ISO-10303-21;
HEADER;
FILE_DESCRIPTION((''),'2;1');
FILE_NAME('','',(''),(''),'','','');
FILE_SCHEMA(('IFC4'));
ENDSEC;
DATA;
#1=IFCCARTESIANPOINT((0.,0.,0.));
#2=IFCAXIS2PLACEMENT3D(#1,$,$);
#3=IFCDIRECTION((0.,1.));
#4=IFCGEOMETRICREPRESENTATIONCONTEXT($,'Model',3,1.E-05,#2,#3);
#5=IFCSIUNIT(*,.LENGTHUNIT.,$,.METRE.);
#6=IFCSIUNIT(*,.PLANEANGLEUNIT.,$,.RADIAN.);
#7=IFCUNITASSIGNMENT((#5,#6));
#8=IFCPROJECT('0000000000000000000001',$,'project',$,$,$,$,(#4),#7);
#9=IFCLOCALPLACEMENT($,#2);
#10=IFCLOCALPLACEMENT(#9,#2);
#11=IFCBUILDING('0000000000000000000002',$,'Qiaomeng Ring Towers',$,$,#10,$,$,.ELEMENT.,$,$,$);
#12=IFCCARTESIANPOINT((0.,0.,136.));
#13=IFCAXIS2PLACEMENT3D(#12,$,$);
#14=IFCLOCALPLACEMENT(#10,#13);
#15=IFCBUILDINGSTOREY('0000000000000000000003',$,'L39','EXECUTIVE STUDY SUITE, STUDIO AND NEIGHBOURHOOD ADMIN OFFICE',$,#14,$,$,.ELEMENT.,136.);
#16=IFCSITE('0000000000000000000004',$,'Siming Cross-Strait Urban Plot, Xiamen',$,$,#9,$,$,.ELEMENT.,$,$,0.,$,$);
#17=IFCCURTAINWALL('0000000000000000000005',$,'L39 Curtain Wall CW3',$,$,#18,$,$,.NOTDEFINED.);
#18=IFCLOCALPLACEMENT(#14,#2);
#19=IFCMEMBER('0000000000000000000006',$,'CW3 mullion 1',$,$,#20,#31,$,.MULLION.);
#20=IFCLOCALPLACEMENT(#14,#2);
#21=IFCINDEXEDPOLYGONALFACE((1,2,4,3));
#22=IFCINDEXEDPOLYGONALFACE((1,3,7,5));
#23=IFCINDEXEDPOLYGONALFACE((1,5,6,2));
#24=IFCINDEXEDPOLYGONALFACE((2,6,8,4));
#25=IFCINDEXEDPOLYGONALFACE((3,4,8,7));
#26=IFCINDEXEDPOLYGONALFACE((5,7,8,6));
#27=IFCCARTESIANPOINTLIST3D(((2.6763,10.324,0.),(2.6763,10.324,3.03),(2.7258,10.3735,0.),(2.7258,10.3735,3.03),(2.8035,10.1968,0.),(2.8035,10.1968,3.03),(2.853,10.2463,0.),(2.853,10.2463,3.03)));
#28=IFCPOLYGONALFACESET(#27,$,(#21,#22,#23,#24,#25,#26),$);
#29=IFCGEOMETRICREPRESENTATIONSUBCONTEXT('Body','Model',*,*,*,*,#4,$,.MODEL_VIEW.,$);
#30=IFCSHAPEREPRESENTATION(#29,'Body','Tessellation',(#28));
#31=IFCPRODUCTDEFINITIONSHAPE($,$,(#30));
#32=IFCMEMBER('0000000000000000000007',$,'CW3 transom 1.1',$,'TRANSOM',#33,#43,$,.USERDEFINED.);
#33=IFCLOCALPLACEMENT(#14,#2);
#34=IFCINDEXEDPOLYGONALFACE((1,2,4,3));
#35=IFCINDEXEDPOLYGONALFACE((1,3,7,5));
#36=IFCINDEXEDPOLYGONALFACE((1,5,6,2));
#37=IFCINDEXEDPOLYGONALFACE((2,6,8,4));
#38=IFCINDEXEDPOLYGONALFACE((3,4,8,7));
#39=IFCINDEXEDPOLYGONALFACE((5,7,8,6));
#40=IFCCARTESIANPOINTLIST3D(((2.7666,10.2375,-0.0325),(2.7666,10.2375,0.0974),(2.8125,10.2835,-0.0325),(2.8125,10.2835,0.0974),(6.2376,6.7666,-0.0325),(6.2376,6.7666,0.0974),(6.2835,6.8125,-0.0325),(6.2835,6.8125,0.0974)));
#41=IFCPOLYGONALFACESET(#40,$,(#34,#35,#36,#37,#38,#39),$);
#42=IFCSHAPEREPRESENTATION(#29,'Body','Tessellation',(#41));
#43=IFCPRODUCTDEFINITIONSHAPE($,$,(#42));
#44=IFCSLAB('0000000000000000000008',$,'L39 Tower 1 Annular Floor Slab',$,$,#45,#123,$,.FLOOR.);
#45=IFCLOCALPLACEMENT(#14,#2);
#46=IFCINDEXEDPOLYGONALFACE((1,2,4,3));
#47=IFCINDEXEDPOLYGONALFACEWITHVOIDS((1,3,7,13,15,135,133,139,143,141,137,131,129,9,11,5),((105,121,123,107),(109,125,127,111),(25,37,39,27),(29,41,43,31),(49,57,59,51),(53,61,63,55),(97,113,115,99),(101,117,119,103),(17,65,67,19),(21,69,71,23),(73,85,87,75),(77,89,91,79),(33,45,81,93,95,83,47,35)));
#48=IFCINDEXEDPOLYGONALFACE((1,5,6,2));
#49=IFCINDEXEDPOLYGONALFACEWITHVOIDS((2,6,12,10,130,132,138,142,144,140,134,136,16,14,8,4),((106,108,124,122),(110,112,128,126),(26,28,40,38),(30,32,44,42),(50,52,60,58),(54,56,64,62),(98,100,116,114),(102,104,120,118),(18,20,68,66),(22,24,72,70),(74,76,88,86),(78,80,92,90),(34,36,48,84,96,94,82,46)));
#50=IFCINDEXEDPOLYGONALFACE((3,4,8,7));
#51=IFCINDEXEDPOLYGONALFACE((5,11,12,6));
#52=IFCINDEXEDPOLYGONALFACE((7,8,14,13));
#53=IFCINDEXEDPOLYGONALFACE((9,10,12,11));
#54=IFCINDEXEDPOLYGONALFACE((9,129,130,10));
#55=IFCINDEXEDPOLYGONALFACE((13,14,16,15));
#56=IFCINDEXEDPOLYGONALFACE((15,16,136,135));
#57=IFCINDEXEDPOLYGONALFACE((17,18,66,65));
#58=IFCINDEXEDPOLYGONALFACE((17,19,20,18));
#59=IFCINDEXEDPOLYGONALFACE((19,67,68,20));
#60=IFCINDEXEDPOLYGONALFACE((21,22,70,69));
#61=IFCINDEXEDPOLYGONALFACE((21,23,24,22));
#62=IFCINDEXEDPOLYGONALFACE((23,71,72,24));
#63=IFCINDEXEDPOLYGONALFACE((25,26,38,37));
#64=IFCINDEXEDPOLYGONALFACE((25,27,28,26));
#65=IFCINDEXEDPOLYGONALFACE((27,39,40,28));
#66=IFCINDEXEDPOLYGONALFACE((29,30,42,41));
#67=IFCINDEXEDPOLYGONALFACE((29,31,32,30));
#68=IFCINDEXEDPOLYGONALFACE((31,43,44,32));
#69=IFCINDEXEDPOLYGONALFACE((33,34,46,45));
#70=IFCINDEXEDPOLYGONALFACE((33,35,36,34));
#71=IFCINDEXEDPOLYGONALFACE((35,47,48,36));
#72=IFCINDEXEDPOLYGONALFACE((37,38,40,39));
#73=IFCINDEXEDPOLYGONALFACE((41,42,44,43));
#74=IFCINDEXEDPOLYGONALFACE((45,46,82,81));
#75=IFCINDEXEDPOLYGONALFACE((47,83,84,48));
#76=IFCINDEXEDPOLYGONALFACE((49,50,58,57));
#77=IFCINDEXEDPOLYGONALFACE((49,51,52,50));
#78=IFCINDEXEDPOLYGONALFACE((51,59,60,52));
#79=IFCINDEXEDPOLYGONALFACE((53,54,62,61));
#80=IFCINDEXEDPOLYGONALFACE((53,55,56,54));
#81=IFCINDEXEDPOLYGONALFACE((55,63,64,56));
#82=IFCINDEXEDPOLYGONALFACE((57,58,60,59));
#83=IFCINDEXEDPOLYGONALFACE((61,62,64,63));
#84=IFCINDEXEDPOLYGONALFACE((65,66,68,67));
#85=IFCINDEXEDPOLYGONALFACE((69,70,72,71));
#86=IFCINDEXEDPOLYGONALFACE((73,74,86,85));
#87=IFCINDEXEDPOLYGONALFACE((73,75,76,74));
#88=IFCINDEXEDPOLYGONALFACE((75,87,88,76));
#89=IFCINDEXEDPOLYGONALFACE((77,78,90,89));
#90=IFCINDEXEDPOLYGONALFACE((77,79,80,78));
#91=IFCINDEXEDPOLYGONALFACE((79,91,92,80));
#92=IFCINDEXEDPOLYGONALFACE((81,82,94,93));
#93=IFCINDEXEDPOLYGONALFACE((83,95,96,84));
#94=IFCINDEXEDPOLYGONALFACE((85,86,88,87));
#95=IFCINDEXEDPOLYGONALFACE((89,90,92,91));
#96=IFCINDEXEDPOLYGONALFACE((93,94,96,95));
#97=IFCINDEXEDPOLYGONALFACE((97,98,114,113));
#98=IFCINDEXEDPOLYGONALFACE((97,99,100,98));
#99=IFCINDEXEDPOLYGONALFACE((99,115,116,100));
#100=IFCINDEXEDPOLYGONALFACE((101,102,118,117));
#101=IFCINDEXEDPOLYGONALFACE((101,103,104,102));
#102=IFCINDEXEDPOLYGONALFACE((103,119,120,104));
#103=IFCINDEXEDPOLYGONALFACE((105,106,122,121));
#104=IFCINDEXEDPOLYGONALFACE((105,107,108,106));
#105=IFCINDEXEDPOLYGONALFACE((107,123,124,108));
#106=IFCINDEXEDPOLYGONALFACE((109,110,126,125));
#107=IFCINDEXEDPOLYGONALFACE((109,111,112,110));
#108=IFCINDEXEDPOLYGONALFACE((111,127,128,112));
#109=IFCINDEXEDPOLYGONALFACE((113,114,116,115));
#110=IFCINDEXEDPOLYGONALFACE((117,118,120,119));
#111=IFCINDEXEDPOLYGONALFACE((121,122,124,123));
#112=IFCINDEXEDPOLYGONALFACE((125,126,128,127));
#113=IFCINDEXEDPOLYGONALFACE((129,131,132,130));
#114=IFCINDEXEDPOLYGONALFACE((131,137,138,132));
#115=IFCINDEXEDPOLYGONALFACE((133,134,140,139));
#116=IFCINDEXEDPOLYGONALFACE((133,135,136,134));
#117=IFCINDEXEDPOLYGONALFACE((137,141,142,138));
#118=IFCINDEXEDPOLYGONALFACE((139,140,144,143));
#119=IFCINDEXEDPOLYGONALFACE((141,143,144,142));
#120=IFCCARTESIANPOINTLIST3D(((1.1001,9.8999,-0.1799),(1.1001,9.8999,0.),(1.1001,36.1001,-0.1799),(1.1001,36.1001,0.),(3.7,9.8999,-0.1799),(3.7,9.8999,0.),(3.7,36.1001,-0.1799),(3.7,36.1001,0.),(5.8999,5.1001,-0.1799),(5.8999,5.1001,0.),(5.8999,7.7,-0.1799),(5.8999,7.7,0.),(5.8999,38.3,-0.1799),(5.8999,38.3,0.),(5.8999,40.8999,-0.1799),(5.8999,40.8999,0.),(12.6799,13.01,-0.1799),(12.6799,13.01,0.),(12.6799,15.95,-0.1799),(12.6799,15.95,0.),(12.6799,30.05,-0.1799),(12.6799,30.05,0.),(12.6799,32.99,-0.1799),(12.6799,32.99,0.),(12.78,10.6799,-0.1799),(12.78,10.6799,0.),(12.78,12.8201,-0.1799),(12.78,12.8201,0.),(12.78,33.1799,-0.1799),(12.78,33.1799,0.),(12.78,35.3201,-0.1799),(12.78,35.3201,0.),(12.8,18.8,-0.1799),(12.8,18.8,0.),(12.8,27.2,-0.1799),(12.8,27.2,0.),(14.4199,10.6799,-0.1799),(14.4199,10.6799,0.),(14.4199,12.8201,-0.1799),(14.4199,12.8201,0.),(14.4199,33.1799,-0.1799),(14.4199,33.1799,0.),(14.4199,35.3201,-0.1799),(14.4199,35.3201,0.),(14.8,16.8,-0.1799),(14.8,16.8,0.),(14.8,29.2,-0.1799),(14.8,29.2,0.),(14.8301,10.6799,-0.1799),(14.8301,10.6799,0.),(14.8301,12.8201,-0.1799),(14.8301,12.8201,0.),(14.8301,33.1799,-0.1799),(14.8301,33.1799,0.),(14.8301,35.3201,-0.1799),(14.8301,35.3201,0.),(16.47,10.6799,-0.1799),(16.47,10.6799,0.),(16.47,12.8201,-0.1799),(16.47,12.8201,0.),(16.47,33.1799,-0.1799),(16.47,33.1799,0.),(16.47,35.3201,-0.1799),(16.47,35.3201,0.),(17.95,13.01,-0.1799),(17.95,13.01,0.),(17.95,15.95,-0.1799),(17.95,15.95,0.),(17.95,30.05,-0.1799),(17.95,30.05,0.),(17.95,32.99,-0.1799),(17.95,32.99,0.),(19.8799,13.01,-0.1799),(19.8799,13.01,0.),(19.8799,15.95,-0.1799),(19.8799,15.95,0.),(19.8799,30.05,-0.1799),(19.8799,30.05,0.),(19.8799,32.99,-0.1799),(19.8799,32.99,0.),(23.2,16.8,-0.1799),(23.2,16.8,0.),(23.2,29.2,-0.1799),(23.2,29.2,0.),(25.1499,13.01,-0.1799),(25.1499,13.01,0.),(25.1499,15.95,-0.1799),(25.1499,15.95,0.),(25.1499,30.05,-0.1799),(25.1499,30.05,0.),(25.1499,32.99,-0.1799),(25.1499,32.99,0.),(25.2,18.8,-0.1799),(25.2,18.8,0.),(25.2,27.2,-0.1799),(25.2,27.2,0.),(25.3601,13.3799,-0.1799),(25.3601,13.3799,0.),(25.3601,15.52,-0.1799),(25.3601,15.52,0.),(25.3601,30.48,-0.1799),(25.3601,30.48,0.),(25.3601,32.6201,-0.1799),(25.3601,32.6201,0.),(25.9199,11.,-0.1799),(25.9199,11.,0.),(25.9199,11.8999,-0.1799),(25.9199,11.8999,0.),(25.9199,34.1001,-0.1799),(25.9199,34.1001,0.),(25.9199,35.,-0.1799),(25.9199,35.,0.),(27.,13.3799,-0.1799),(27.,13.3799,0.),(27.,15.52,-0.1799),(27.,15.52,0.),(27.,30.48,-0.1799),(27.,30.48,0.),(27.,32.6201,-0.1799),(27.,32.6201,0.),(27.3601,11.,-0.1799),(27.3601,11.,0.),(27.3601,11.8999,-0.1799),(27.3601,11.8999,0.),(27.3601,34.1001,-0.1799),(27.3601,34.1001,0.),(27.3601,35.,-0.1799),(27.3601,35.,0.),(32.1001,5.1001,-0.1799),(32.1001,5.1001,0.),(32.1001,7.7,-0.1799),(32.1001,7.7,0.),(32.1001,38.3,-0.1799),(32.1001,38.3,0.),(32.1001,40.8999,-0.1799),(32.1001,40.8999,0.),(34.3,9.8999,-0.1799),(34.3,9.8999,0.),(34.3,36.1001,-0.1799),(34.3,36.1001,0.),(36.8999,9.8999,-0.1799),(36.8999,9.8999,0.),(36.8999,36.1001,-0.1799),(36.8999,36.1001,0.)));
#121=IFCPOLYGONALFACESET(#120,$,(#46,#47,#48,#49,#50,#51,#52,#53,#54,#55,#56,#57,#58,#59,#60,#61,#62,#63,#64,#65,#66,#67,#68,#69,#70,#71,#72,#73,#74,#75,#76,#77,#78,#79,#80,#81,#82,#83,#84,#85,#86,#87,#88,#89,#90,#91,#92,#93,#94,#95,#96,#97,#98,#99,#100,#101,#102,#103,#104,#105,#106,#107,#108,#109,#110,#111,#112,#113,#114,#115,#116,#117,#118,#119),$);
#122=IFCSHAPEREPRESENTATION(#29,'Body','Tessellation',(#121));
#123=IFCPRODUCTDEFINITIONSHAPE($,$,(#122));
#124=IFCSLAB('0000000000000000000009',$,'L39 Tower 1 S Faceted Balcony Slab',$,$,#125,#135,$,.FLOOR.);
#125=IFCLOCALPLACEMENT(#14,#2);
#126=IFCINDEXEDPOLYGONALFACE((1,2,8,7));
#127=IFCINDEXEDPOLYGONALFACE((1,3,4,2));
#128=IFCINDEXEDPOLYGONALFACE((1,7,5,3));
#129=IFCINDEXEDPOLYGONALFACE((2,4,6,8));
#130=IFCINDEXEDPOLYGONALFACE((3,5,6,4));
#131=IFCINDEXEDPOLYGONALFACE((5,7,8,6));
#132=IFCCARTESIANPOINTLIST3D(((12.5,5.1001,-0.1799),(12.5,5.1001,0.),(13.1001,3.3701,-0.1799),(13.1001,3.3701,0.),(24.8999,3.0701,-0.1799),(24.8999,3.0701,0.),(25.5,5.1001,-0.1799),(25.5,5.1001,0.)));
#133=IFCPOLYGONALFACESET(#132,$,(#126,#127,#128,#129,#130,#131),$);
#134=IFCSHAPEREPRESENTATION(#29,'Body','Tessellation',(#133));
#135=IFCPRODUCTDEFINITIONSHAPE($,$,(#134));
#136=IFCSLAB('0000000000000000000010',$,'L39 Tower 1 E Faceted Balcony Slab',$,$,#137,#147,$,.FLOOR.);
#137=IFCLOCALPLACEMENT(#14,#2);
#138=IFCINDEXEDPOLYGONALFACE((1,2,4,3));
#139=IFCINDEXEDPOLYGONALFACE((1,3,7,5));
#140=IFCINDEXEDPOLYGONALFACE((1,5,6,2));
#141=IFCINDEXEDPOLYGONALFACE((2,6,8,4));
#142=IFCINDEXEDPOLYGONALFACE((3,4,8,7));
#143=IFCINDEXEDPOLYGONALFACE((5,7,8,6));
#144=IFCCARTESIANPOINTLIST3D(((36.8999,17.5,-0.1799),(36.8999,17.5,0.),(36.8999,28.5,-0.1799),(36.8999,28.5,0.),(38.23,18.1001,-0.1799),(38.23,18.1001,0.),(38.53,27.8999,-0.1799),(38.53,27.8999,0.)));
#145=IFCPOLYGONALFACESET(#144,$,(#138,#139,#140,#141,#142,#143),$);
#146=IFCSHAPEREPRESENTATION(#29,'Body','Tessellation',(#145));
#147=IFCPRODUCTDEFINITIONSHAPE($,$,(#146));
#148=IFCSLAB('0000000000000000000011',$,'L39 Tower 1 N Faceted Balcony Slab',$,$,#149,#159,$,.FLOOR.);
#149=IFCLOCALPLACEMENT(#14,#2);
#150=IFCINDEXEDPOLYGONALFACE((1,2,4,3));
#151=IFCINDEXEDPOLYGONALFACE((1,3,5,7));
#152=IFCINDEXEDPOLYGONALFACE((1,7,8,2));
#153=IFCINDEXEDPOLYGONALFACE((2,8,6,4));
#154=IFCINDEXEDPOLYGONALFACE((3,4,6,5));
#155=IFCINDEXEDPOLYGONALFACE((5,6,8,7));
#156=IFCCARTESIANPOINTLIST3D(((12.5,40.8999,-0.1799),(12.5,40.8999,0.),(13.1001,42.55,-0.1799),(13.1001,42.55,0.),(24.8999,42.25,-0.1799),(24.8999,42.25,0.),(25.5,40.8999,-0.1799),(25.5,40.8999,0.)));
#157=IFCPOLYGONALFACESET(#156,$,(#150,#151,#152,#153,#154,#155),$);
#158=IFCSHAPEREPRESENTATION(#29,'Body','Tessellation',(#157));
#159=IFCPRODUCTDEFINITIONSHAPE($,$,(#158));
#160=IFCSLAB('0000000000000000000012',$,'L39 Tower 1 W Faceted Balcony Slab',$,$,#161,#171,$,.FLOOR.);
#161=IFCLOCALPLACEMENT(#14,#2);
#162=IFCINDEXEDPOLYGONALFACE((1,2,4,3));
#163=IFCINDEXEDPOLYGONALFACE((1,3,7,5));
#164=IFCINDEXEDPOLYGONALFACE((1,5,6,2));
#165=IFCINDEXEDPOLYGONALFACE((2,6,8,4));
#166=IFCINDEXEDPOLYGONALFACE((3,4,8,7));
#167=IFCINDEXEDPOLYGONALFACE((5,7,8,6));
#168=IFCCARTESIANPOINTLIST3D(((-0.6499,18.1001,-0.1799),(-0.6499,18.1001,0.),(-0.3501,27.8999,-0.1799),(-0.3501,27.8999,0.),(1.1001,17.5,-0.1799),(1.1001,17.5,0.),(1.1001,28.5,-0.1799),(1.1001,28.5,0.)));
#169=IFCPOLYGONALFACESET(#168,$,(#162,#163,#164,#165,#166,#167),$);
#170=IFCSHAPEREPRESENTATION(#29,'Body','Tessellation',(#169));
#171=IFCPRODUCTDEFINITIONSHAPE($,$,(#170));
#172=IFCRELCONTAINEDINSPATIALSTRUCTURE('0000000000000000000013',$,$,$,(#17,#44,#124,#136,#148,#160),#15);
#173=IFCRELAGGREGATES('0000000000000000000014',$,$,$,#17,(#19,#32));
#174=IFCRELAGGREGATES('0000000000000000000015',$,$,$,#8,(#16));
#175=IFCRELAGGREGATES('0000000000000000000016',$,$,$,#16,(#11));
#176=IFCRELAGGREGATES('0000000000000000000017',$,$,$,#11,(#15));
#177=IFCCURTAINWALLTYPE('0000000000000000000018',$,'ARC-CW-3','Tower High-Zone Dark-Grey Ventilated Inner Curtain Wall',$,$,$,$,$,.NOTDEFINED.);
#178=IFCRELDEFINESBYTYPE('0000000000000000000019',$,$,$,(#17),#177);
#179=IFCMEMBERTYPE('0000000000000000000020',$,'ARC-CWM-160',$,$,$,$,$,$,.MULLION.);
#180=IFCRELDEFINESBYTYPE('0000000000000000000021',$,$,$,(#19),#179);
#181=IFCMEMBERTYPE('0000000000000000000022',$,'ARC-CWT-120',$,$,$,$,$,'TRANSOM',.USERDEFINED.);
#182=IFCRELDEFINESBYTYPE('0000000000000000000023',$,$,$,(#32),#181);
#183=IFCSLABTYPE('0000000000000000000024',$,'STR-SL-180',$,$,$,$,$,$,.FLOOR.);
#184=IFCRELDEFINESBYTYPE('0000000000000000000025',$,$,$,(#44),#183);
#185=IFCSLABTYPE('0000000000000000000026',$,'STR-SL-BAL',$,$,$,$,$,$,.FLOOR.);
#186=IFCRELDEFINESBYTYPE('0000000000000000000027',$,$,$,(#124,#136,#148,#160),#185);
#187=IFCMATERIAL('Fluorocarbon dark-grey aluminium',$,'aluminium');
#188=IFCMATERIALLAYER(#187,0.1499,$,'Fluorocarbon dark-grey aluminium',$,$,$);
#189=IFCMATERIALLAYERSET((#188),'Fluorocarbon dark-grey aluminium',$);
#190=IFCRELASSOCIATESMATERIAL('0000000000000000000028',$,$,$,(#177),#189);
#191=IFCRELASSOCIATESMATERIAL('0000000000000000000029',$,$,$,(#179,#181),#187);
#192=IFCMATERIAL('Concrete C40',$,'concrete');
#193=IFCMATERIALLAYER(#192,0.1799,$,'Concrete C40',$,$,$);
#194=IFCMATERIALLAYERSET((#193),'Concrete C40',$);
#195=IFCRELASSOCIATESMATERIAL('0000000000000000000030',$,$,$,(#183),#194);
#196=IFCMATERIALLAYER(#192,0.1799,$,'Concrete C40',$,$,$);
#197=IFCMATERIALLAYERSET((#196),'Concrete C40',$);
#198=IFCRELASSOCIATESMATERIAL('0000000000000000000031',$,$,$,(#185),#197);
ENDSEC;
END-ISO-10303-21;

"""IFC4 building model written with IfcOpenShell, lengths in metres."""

from ifc_helpers import new_model, si_unit, direction, frame, origin, origin_2d, place, context, subcontext, project, spatial, polyline, rectangle, outline, extrude, source, transform, mapped, material, layer, layer_set, material_profile, profile_set, type_object, element, aggregate, save


model = new_model("IFC4")

# Units and contexts
model_context = context("Model", 3, precision=1e-05, world=origin(), true_north=direction((0.0, 1.0)))
body_context = subcontext(model_context, "Body", "Model", "MODEL_VIEW")
ifc_project = project(units=[si_unit("LENGTHUNIT", "METRE"), si_unit("PLANEANGLEUNIT", "RADIAN")], contexts=[model_context])

# Site, building, storey
site_placement = place(None, origin())
site = spatial("IfcSite", under=ifc_project, at=site_placement, Name="Siming Cross-Strait Urban Plot, Xiamen", CompositionType="ELEMENT", RefElevation=0.0)
building_placement = place(site_placement, origin())
building = spatial("IfcBuilding", under=site, at=building_placement, Name="Qiaomeng Ring Towers", CompositionType="ELEMENT")
storey_placement = place(building_placement, frame((0.0, 0.0, 136.0)))
storey = spatial("IfcBuildingStorey", under=building, at=storey_placement, Name="L39", Description="EXECUTIVE STUDY SUITE, STUDIO AND NEIGHBOURHOOD ADMIN OFFICE", CompositionType="ELEMENT", Elevation=136.0)

# Curtain wall, members
ifc_material_1 = material(Name="Fluorocarbon dark-grey aluminium", Category="aluminium")
ifc_layer_1 = layer(ifc_material_1, 0.1499, Name="Fluorocarbon dark-grey aluminium")
ifc_layer_set_1 = layer_set([ifc_layer_1], Name="Fluorocarbon dark-grey aluminium")
curtain_wall_type = type_object("IfcCurtainWallType", Name="ARC-CW-3", Description="Tower High-Zone Dark-Grey Ventilated Inner Curtain Wall", PredefinedType="NOTDEFINED", material=ifc_layer_set_1)
curtain_wall_placement = place(storey_placement, origin())
curtain_wall = element("IfcCurtainWall", 1, at=curtain_wall_placement, inside=storey, type_object=curtain_wall_type, Name="L39 Curtain Wall CW3", PredefinedType="NOTDEFINED")
ifc_material_profile_1 = material_profile(ifc_material_1, rectangle(XDim=0.0701, YDim=0.1799, at=origin_2d()), Name="ALU MULL 70x180")
ifc_profile_set_1 = profile_set([ifc_material_profile_1], Name="Fluorocarbon dark-grey aluminium")
member_type_1 = type_object("IfcMemberType", Name="ARC-CWM-160", PredefinedType="MULLION", material=ifc_profile_set_1)
shared_shape_1 = source(origin(), body_context, "Body", "SweptSolid", [
    extrude(rectangle(XDim=0.0701, YDim=0.1799, at=origin_2d()), origin(), (0.0, 0.0, 1.0), 3.03),
])
member_1_placement = place(storey_placement, frame((2.7646, 10.2852, 0.0), z_axis=(0.0, 0.0, 1.0), x_axis=(0.707107, 0.707107, 0.0)))
member_1 = element("IfcMember", 2, at=member_1_placement, type_object=member_type_1, Name="CW3 mullion 1", PredefinedType="MULLION", context=body_context, shape_type="MappedRepresentation", body=[
    mapped(shared_shape_1, transform((0.0, 0.0, 0.0), x_axis=(1.0, 0.0, 0.0), y_axis=(0.0, 1.0, 0.0), z_axis=(0.0, 0.0, 1.0), scale=1.0)),
])
ifc_material_profile_2 = material_profile(ifc_material_1, rectangle(XDim=0.0649, YDim=0.1299, at=origin_2d()), Name="ALU TRAN 65x130")
ifc_profile_set_2 = profile_set([ifc_material_profile_2], Name="Fluorocarbon dark-grey aluminium")
member_type_2 = type_object("IfcMemberType", Name="ARC-CWT-120", ElementType="TRANSOM", PredefinedType="USERDEFINED", material=ifc_profile_set_2)
shared_shape_2 = source(origin(), body_context, "Body", "SweptSolid", [
    extrude(rectangle(XDim=0.0649, YDim=0.1299, at=origin_2d()), origin(), (0.0, 0.0, 1.0), 4.9087),
])
member_2_placement = place(storey_placement, frame((2.7896, 10.2605, 0.0325), z_axis=(0.707107, -0.707107, 0.0), x_axis=(0.707107, 0.707107, 0.0)))
member_2 = element("IfcMember", 3, at=member_2_placement, type_object=member_type_2, Name="CW3 transom 1.1", ObjectType="TRANSOM", PredefinedType="USERDEFINED", context=body_context, shape_type="MappedRepresentation", body=[
    mapped(shared_shape_2, transform((0.0, 0.0, 0.0), x_axis=(1.0, 0.0, 0.0), y_axis=(0.0, 1.0, 0.0), z_axis=(0.0, 0.0, 1.0), scale=1.0)),
])
aggregate(curtain_wall, [member_1, member_2])

# Slabs
ifc_material_2 = material(Name="Concrete C40", Category="concrete")
ifc_layer_2 = layer(ifc_material_2, 0.1799, Name="Concrete C40")
ifc_layer_set_2 = layer_set([ifc_layer_2], Name="Concrete C40")
slab_type_1 = type_object("IfcSlabType", Name="STR-SL-180", PredefinedType="FLOOR", material=ifc_layer_set_2)
slab_1_placement = place(storey_placement, frame((0.0, 0.0, -0.1799)))
element("IfcSlab", 4, at=slab_1_placement, inside=storey, type_object=slab_type_1, Name="L39 Tower 1 Annular Floor Slab", PredefinedType="FLOOR", context=body_context, shape_type="SweptSolid", body=[
    extrude(outline(polyline([(5.8999, 5.1001), (32.1001, 5.1001), (32.1001, 7.7), (34.3, 9.8999), (36.8999, 9.8999), (36.8999, 36.1001), (34.3, 36.1001), (32.1001, 38.3), (32.1001, 40.8999), (5.8999, 40.8999), (5.8999, 38.3), (3.7, 36.1001), (1.1001, 36.1001), (1.1001, 9.8999), (3.7, 9.8999), (5.8999, 7.7), (5.8999, 5.1001)]), holes=[polyline([(12.78, 10.6799), (12.78, 12.8201), (14.4199, 12.8201), (14.4199, 10.6799), (12.78, 10.6799)]), polyline([(14.8301, 12.8201), (16.47, 12.8201), (16.47, 10.6799), (14.8301, 10.6799), (14.8301, 12.8201)]), polyline([(12.6799, 15.95), (17.95, 15.95), (17.95, 13.01), (12.6799, 13.01), (12.6799, 15.95)]), polyline([(23.2, 29.2), (25.2, 27.2), (25.2, 18.8), (23.2, 16.8), (14.8, 16.8), (12.8, 18.8), (12.8, 27.2), (14.8, 29.2), (23.2, 29.2)]), polyline([(12.6799, 32.99), (17.95, 32.99), (17.95, 30.05), (12.6799, 30.05), (12.6799, 32.99)]), polyline([(12.78, 35.3201), (14.4199, 35.3201), (14.4199, 33.1799), (12.78, 33.1799), (12.78, 35.3201)]), polyline([(14.8301, 33.1799), (14.8301, 35.3201), (16.47, 35.3201), (16.47, 33.1799), (14.8301, 33.1799)]), polyline([(25.9199, 11.8999), (27.3601, 11.8999), (27.3601, 11.0), (25.9199, 11.0), (25.9199, 11.8999)]), polyline([(25.3601, 15.52), (27.0, 15.52), (27.0, 13.3799), (25.3601, 13.3799), (25.3601, 15.52)]), polyline([(19.8799, 15.95), (25.1499, 15.95), (25.1499, 13.01), (19.8799, 13.01), (19.8799, 15.95)]), polyline([(19.8799, 32.99), (25.1499, 32.99), (25.1499, 30.05), (19.8799, 30.05), (19.8799, 32.99)]), polyline([(25.3601, 32.6201), (27.0, 32.6201), (27.0, 30.48), (25.3601, 30.48), (25.3601, 32.6201)]), polyline([(25.9199, 35.0), (27.3601, 35.0), (27.3601, 34.1001), (25.9199, 34.1001), (25.9199, 35.0)])]), origin(), (0.0, 0.0, 1.0), 0.1799),
])
ifc_layer_3 = layer(ifc_material_2, 0.1799, Name="Concrete C40")
ifc_layer_set_3 = layer_set([ifc_layer_3], Name="Concrete C40")
slab_type_2 = type_object("IfcSlabType", Name="STR-SL-BAL", PredefinedType="FLOOR", material=ifc_layer_set_3)
slab_2_placement = place(storey_placement, frame((0.0, 0.0, -0.1799)))
element("IfcSlab", 5, at=slab_2_placement, inside=storey, type_object=slab_type_2, Name="L39 Tower 1 S Faceted Balcony Slab", PredefinedType="FLOOR", context=body_context, shape_type="SweptSolid", body=[
    extrude(outline(polyline([(24.8999, 3.0701), (13.1001, 3.3701), (12.5, 5.1001), (25.5, 5.1001), (24.8999, 3.0701)])), origin(), (0.0, 0.0, 1.0), 0.1799),
])
slab_3_placement = place(storey_placement, frame((0.0, 0.0, -0.1799)))
element("IfcSlab", 6, at=slab_3_placement, inside=storey, type_object=slab_type_2, Name="L39 Tower 1 E Faceted Balcony Slab", PredefinedType="FLOOR", context=body_context, shape_type="SweptSolid", body=[
    extrude(outline(polyline([(38.53, 27.8999), (38.23, 18.1001), (36.8999, 17.5), (36.8999, 28.5), (38.53, 27.8999)])), origin(), (0.0, 0.0, 1.0), 0.1799),
])
slab_4_placement = place(storey_placement, frame((0.0, 0.0, -0.1799)))
element("IfcSlab", 7, at=slab_4_placement, inside=storey, type_object=slab_type_2, Name="L39 Tower 1 N Faceted Balcony Slab", PredefinedType="FLOOR", context=body_context, shape_type="SweptSolid", body=[
    extrude(outline(polyline([(12.5, 40.8999), (13.1001, 42.55), (24.8999, 42.25), (25.5, 40.8999), (12.5, 40.8999)])), origin(), (0.0, 0.0, 1.0), 0.1799),
])
slab_5_placement = place(storey_placement, frame((0.0, 0.0, -0.1799)))
element("IfcSlab", 8, at=slab_5_placement, inside=storey, type_object=slab_type_2, Name="L39 Tower 1 W Faceted Balcony Slab", PredefinedType="FLOOR", context=body_context, shape_type="SweptSolid", body=[
    extrude(outline(polyline([(-0.6499, 18.1001), (-0.3501, 27.8999), (1.1001, 28.5), (1.1001, 17.5), (-0.6499, 18.1001)])), origin(), (0.0, 0.0, 1.0), 0.1799),
])

save(model, "model.ifc")
